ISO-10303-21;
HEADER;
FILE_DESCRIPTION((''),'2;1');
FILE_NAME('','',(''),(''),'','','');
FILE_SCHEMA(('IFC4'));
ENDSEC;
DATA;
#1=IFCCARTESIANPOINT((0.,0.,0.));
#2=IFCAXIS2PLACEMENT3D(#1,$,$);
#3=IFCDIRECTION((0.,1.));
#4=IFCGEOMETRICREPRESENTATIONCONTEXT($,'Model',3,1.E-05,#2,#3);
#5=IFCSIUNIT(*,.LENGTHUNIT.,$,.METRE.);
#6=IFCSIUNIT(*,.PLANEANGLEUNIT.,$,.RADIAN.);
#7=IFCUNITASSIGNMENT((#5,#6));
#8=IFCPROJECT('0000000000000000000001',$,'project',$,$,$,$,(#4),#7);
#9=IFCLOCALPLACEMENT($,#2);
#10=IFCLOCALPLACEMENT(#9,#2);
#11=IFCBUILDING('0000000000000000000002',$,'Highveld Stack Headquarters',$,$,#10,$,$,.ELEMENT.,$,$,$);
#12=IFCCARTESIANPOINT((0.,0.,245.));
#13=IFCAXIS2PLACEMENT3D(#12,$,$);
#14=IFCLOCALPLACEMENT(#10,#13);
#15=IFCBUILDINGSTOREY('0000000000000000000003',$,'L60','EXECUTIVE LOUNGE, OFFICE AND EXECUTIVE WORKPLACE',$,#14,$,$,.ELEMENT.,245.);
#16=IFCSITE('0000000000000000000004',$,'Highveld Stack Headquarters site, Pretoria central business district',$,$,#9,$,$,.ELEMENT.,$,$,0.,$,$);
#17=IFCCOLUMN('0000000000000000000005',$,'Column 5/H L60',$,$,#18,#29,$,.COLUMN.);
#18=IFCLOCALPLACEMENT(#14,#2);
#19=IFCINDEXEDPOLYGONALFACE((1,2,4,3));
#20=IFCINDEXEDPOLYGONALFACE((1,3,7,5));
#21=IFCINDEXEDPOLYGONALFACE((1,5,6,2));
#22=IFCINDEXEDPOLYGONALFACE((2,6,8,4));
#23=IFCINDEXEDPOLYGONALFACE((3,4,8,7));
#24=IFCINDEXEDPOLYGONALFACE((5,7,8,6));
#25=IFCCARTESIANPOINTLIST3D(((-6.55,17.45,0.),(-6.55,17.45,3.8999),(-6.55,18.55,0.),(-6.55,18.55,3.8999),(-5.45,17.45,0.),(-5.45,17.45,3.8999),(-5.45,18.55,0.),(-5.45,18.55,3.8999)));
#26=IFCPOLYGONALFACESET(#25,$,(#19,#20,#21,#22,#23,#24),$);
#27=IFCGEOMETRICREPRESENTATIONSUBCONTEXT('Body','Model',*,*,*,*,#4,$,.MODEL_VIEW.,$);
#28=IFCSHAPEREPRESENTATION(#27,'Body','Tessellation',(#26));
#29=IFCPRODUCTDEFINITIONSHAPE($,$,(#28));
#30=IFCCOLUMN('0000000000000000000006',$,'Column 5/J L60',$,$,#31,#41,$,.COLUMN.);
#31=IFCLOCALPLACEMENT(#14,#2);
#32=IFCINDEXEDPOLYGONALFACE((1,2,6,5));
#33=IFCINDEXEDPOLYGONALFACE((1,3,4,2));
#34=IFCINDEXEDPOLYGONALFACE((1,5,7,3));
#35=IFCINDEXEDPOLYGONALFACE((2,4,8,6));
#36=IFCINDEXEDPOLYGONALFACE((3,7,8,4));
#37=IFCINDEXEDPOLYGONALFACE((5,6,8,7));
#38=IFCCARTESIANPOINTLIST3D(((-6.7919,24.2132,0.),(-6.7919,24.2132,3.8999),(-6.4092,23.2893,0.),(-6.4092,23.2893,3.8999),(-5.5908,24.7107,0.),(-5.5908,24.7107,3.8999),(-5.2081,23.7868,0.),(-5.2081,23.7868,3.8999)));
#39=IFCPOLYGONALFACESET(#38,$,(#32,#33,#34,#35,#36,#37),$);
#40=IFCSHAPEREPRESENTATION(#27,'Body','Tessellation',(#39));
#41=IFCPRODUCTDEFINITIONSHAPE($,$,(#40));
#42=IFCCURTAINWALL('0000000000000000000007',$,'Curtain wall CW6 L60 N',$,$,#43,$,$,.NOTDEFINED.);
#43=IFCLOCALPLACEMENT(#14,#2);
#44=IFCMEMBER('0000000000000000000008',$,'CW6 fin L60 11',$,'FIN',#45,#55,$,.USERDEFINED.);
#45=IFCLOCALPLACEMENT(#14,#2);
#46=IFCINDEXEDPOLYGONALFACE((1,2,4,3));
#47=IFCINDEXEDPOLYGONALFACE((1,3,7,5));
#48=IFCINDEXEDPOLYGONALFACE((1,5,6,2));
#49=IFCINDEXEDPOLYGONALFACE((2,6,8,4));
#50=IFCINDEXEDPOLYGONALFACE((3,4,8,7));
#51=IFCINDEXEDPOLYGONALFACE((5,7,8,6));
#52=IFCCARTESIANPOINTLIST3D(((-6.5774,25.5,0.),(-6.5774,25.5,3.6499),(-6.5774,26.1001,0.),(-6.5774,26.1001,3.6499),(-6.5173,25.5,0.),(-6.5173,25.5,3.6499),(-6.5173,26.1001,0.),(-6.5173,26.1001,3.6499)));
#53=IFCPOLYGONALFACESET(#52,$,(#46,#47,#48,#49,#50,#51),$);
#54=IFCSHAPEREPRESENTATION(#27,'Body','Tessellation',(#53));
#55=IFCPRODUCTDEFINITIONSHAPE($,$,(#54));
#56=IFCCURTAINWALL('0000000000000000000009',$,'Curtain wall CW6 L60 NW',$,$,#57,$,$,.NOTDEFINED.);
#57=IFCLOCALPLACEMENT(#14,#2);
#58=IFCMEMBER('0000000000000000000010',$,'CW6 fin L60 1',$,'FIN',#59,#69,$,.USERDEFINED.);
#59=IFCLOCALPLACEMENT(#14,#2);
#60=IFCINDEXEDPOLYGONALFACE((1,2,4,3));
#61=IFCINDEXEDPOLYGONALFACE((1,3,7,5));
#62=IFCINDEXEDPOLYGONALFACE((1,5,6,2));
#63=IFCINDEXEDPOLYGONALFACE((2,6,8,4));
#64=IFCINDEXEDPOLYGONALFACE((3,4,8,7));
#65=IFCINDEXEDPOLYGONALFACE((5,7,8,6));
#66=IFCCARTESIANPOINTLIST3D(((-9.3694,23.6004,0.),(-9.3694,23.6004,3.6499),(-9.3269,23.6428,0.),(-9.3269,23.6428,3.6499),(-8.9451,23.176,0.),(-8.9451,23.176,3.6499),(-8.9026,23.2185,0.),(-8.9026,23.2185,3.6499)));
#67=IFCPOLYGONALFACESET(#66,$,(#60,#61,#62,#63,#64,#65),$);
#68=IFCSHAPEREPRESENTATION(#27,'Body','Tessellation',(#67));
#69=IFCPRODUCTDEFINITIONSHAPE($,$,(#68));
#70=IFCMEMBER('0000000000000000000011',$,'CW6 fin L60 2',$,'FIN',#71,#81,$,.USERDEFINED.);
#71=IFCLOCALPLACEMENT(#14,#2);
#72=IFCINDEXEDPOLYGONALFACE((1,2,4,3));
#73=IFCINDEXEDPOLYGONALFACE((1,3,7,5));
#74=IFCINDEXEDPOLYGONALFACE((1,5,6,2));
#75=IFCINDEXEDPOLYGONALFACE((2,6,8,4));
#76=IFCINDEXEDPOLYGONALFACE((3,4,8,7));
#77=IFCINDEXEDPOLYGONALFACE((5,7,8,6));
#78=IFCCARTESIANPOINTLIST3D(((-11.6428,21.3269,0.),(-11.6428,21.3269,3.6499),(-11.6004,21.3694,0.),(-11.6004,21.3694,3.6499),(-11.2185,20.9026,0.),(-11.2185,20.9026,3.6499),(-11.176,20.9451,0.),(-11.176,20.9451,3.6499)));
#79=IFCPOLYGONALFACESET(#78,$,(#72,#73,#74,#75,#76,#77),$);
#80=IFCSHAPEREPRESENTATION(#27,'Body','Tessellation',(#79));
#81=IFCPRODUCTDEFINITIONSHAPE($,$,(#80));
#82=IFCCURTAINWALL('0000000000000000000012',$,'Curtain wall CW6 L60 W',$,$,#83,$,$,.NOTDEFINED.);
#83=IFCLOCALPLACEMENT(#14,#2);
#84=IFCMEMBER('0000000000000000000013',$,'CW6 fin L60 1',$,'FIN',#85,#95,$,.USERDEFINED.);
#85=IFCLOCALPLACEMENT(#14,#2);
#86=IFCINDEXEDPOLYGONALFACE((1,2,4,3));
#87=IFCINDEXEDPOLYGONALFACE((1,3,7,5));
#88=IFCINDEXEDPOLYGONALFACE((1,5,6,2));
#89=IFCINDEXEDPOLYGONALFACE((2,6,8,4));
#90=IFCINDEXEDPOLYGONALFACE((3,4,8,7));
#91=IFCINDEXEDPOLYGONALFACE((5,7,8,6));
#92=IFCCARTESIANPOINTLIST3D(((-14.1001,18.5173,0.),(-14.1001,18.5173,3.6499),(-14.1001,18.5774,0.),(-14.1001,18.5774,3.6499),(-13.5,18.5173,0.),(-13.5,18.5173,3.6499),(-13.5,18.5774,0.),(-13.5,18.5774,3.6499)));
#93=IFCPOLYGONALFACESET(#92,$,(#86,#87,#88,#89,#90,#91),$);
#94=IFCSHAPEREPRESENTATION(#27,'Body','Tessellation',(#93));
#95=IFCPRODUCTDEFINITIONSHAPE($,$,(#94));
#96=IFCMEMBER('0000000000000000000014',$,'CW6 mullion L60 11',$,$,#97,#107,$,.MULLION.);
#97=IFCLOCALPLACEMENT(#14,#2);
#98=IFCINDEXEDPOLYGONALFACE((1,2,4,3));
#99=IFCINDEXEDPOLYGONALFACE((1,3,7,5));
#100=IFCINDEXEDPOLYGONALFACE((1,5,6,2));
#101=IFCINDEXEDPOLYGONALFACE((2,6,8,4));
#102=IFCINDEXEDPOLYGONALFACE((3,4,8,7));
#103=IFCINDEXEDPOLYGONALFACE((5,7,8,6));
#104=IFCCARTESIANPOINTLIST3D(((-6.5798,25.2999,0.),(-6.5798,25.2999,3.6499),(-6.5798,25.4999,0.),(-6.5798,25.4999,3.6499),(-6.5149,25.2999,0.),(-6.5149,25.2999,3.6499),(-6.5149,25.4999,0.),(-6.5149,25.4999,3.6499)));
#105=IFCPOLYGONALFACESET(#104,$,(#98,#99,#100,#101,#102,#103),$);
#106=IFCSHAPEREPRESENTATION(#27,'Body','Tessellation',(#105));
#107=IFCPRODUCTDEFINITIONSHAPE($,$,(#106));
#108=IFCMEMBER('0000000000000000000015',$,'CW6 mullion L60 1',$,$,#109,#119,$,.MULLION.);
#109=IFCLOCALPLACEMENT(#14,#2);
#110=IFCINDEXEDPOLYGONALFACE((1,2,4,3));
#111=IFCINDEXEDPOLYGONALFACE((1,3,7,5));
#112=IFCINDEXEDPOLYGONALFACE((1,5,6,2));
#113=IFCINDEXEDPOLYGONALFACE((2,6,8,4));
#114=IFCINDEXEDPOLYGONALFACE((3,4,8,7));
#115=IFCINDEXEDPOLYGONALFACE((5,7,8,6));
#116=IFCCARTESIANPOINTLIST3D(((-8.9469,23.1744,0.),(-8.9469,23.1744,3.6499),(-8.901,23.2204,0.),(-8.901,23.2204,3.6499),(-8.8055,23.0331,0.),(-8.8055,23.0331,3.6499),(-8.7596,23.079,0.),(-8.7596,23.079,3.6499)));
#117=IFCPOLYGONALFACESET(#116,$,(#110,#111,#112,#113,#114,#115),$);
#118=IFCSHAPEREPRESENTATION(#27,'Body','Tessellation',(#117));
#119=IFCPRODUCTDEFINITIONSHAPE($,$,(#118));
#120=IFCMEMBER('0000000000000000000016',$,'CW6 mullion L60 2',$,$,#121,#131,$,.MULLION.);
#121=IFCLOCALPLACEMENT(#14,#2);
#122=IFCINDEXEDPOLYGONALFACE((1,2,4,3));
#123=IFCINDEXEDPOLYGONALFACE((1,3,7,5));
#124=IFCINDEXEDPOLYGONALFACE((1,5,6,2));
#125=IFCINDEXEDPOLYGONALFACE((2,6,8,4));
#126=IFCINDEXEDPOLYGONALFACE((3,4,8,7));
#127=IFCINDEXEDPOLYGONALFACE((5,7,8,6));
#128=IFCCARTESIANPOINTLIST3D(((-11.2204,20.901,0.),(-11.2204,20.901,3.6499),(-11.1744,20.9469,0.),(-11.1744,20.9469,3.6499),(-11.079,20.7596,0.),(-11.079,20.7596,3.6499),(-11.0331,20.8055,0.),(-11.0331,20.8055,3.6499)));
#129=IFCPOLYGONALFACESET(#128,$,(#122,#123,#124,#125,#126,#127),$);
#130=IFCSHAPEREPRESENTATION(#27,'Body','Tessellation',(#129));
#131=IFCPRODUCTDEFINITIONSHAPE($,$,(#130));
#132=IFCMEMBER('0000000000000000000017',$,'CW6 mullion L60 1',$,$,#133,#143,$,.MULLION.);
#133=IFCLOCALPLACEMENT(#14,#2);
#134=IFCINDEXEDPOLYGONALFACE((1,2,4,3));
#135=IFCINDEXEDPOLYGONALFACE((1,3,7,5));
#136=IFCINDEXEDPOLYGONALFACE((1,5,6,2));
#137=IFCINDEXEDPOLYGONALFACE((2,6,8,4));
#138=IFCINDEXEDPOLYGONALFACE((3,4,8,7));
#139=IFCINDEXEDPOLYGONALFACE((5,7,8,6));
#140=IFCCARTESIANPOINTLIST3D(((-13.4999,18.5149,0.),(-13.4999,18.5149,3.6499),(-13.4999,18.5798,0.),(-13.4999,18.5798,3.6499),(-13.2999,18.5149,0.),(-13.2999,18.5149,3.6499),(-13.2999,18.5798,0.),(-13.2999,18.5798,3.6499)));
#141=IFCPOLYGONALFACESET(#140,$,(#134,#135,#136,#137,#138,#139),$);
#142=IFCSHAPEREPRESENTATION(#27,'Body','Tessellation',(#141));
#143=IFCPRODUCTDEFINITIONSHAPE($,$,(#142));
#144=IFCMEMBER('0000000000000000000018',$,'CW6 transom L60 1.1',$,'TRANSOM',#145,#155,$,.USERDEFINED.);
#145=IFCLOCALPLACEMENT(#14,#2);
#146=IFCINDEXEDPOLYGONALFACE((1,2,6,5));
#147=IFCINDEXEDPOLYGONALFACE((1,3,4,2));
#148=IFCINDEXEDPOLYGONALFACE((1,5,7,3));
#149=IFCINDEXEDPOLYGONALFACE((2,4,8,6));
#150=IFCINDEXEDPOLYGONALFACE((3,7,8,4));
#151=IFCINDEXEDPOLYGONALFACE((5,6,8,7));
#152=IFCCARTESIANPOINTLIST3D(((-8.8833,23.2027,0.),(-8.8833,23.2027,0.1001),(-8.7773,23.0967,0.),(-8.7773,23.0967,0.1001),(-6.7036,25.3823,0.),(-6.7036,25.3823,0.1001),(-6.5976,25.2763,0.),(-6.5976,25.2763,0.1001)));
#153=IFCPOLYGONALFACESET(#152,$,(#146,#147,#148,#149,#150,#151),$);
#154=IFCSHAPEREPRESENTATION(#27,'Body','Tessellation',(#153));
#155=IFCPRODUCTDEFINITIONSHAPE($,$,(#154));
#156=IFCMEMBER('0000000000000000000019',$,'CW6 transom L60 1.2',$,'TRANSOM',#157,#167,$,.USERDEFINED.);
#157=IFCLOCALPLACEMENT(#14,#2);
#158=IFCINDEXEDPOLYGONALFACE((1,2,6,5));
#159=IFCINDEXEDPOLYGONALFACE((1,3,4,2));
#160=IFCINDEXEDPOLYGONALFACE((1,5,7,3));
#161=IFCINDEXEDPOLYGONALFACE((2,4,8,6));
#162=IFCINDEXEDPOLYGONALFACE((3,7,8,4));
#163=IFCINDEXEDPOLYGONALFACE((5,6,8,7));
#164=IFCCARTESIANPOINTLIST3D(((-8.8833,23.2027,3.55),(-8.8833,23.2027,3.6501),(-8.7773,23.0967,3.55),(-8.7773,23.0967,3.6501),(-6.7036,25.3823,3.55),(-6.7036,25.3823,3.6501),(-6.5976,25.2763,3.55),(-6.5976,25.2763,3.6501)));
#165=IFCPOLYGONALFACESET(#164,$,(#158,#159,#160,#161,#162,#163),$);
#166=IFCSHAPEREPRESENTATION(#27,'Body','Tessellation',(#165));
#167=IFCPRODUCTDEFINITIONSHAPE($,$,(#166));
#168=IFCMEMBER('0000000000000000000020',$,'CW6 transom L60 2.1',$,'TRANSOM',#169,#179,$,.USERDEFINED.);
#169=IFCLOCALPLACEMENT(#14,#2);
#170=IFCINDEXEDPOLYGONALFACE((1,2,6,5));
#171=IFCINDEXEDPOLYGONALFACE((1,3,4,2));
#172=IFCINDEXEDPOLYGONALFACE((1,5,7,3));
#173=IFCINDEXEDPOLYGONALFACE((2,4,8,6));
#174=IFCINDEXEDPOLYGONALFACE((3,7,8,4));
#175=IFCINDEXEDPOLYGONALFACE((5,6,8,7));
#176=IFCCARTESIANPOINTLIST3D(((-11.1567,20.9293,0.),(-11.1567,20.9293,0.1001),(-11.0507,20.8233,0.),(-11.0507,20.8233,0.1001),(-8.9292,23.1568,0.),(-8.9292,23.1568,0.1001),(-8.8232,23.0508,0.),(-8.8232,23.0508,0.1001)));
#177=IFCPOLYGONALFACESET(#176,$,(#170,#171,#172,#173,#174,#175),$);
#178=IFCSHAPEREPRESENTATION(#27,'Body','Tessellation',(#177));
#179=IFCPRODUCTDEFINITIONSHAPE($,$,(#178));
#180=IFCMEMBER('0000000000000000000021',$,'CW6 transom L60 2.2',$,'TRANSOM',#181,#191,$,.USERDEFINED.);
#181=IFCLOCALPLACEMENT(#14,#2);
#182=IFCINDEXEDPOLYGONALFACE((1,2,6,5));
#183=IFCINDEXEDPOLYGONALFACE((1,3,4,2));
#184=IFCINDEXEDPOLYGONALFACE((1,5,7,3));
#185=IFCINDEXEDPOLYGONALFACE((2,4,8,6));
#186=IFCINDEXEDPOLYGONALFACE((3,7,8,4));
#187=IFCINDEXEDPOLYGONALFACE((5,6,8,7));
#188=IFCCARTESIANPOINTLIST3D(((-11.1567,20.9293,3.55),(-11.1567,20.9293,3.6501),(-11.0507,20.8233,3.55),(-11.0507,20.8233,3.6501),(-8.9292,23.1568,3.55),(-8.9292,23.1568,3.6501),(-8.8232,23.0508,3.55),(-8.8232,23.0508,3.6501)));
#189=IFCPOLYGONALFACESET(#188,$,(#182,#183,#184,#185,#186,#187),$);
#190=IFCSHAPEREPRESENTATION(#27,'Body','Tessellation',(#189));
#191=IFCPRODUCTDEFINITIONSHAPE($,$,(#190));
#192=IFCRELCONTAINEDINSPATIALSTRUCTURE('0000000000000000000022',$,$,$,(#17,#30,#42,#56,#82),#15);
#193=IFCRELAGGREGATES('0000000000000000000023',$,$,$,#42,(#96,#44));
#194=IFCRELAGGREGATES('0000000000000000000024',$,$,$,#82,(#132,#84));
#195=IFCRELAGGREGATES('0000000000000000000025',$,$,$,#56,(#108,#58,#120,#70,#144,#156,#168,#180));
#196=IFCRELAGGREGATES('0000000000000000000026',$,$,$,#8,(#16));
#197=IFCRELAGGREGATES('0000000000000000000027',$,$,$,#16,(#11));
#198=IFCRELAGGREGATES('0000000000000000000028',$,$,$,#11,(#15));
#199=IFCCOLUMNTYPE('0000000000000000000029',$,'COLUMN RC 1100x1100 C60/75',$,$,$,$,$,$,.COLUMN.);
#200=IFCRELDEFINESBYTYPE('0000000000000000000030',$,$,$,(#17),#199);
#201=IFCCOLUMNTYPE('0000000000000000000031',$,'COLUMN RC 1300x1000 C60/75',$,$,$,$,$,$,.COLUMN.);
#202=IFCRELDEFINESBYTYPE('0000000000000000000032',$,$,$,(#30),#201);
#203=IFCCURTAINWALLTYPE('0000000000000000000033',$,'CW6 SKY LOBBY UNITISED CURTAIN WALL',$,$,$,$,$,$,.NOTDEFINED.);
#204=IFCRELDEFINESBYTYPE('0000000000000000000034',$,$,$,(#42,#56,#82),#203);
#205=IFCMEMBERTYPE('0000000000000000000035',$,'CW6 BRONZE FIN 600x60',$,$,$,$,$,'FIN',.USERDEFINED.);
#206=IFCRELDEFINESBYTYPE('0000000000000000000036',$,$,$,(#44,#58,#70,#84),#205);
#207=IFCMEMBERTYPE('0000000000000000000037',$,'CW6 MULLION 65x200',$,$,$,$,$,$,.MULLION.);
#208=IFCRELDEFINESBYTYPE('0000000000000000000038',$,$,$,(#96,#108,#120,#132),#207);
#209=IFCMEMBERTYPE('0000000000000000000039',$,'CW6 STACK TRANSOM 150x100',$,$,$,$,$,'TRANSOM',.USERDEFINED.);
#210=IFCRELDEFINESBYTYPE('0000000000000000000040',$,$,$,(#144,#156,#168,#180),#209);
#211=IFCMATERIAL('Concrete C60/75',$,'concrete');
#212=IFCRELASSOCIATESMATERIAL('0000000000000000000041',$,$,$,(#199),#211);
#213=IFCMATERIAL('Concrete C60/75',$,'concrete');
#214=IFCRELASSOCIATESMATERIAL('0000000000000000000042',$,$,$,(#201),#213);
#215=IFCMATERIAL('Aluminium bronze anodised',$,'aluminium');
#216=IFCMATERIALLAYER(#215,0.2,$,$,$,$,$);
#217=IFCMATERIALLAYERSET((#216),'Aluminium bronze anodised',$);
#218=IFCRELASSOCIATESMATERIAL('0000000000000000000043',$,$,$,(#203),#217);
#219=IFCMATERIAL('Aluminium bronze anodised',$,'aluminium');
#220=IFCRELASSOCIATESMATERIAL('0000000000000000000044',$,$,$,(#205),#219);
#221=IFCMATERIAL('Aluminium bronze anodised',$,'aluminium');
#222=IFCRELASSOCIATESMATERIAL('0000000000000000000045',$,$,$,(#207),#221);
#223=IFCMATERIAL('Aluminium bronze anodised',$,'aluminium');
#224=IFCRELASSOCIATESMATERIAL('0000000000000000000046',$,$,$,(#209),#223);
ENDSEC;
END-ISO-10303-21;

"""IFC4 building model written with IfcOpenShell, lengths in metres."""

from ifc_helpers import new_model, si_unit, direction, frame, origin, origin_2d, place, context, subcontext, project, spatial, rectangle, extrude, material, layer, layer_set, material_profile, profile_set, type_object, element, aggregate, save


model = new_model("IFC4")

# Units and contexts
model_context = context("Model", 3, precision=1e-05, world=origin(), true_north=direction((0.0, 1.0)))
body_context = subcontext(model_context, "Body", "Model", "MODEL_VIEW")
ifc_project = project(units=[si_unit("LENGTHUNIT", "METRE"), si_unit("PLANEANGLEUNIT", "RADIAN")], contexts=[model_context])

# Site, building, storey
site_placement = place(None, origin())
site = spatial("IfcSite", under=ifc_project, at=site_placement, Name="Highveld Stack Headquarters site, Pretoria central business district", CompositionType="ELEMENT", RefElevation=0.0)
building_placement = place(site_placement, origin())
building = spatial("IfcBuilding", under=site, at=building_placement, Name="Highveld Stack Headquarters", CompositionType="ELEMENT")
storey_placement = place(building_placement, frame((0.0, 0.0, 245.0)))
storey = spatial("IfcBuildingStorey", under=building, at=storey_placement, Name="L60", Description="EXECUTIVE LOUNGE, OFFICE AND EXECUTIVE WORKPLACE", CompositionType="ELEMENT", Elevation=245.0)

# Columns
ifc_material_1 = material(Name="Concrete C60/75", Category="concrete")
ifc_material_profile_1 = material_profile(ifc_material_1, rectangle(XDim=1.1001, YDim=1.1001, at=origin_2d()), Name="RC 1100x1100")
ifc_profile_set_1 = profile_set([ifc_material_profile_1], Name="Concrete C60/75")
column_type_1 = type_object("IfcColumnType", Name="COLUMN RC 1100x1100 C60/75", PredefinedType="COLUMN", material=ifc_profile_set_1)
column_1_placement = place(storey_placement, frame((-6.0, 18.0, 0.0), z_axis=(0.0, 0.0, 1.0), x_axis=(1.0, 0.0, 0.0)))
element("IfcColumn", 1, at=column_1_placement, inside=storey, type_object=column_type_1, Name="Column 5/H L60", PredefinedType="COLUMN", context=body_context, shape_type="SweptSolid", body=[
    extrude(rectangle(XDim=1.1001, YDim=1.1001, at=origin_2d()), origin(), (0.0, 0.0, 1.0), 3.8999),
])
ifc_material_2 = material(Name="Concrete C60/75", Category="concrete")
ifc_material_profile_2 = material_profile(ifc_material_2, rectangle(XDim=1.3, YDim=1.0, at=origin_2d()), Name="RC 1300x1000")
ifc_profile_set_2 = profile_set([ifc_material_profile_2], Name="Concrete C60/75")
column_type_2 = type_object("IfcColumnType", Name="COLUMN RC 1300x1000 C60/75", PredefinedType="COLUMN", material=ifc_profile_set_2)
column_2_placement = place(storey_placement, frame((-6.0, 24.0, 0.0), z_axis=(0.0, 0.0, 1.0), x_axis=(0.92388, 0.382683, 0.0)))
element("IfcColumn", 2, at=column_2_placement, inside=storey, type_object=column_type_2, Name="Column 5/J L60", PredefinedType="COLUMN", context=body_context, shape_type="SweptSolid", body=[
    extrude(rectangle(XDim=1.3, YDim=1.0, at=origin_2d()), origin(), (0.0, 0.0, 1.0), 3.8999),
])

# Curtain wall, member
ifc_material_3 = material(Name="Aluminium bronze anodised", Category="aluminium")
ifc_layer_1 = layer(ifc_material_3, 0.2)
ifc_layer_set_1 = layer_set([ifc_layer_1], Name="Aluminium bronze anodised")
curtain_wall_type = type_object("IfcCurtainWallType", Name="CW6 SKY LOBBY UNITISED CURTAIN WALL", PredefinedType="NOTDEFINED", material=ifc_layer_set_1)
curtain_wall_1_placement = place(storey_placement, origin())
curtain_wall_1 = element("IfcCurtainWall", 3, at=curtain_wall_1_placement, inside=storey, type_object=curtain_wall_type, Name="Curtain wall CW6 L60 N", PredefinedType="NOTDEFINED")
ifc_material_4 = material(Name="Aluminium bronze anodised", Category="aluminium")
ifc_material_profile_3 = material_profile(ifc_material_4, rectangle(XDim=0.6001, YDim=0.0601, at=origin_2d()), Name="FIN 600x60")
ifc_profile_set_3 = profile_set([ifc_material_profile_3], Name="Aluminium bronze anodised")
member_type_1 = type_object("IfcMemberType", Name="CW6 BRONZE FIN 600x60", ElementType="FIN", PredefinedType="USERDEFINED", material=ifc_profile_set_3)
member_1_placement = place(storey_placement, frame((-6.5474, 25.8, 0.0), z_axis=(0.0, 0.0, 1.0), x_axis=(0.0, -1.0, 0.0)))
member_1 = element("IfcMember", 4, at=member_1_placement, type_object=member_type_1, Name="CW6 fin L60 11", ObjectType="FIN", PredefinedType="USERDEFINED", context=body_context, shape_type="SweptSolid", body=[
    extrude(rectangle(XDim=0.6001, YDim=0.0601, at=origin_2d()), origin(), (0.0, 0.0, 1.0), 3.6499),
])

# Curtain wall, members
curtain_wall_2_placement = place(storey_placement, origin())
curtain_wall_2 = element("IfcCurtainWall", 5, at=curtain_wall_2_placement, inside=storey, type_object=curtain_wall_type, Name="Curtain wall CW6 L60 NW", PredefinedType="NOTDEFINED")
member_2_placement = place(storey_placement, frame((-9.136, 23.4094, 0.0), z_axis=(0.0, 0.0, 1.0), x_axis=(0.707107, -0.707107, 0.0)))
member_2 = element("IfcMember", 6, at=member_2_placement, type_object=member_type_1, Name="CW6 fin L60 1", ObjectType="FIN", PredefinedType="USERDEFINED", context=body_context, shape_type="SweptSolid", body=[
    extrude(rectangle(XDim=0.6001, YDim=0.0601, at=origin_2d()), origin(), (0.0, 0.0, 1.0), 3.6499),
])
member_3_placement = place(storey_placement, frame((-11.4094, 21.136, 0.0), z_axis=(0.0, 0.0, 1.0), x_axis=(0.707107, -0.707107, 0.0)))
member_3 = element("IfcMember", 7, at=member_3_placement, type_object=member_type_1, Name="CW6 fin L60 2", ObjectType="FIN", PredefinedType="USERDEFINED", context=body_context, shape_type="SweptSolid", body=[
    extrude(rectangle(XDim=0.6001, YDim=0.0601, at=origin_2d()), origin(), (0.0, 0.0, 1.0), 3.6499),
])

# Curtain wall, member
curtain_wall_3_placement = place(storey_placement, origin())
curtain_wall_3 = element("IfcCurtainWall", 8, at=curtain_wall_3_placement, inside=storey, type_object=curtain_wall_type, Name="Curtain wall CW6 L60 W", PredefinedType="NOTDEFINED")
member_4_placement = place(storey_placement, frame((-13.8, 18.5474, 0.0), z_axis=(0.0, 0.0, 1.0), x_axis=(1.0, 0.0, 0.0)))
member_4 = element("IfcMember", 9, at=member_4_placement, type_object=member_type_1, Name="CW6 fin L60 1", ObjectType="FIN", PredefinedType="USERDEFINED", context=body_context, shape_type="SweptSolid", body=[
    extrude(rectangle(XDim=0.6001, YDim=0.0601, at=origin_2d()), origin(), (0.0, 0.0, 1.0), 3.6499),
])

# Members
ifc_material_5 = material(Name="Aluminium bronze anodised", Category="aluminium")
ifc_material_profile_4 = material_profile(ifc_material_5, rectangle(XDim=0.2, YDim=0.0649, at=origin_2d()), Name="CW6 MULLION 65x200")
ifc_profile_set_4 = profile_set([ifc_material_profile_4], Name="Aluminium bronze anodised")
member_type_2 = type_object("IfcMemberType", Name="CW6 MULLION 65x200", PredefinedType="MULLION", material=ifc_profile_set_4)
member_5_placement = place(storey_placement, frame((-6.5474, 25.3999, 0.0), z_axis=(0.0, 0.0, 1.0), x_axis=(0.0, -1.0, 0.0)))
member_5 = element("IfcMember", 10, at=member_5_placement, type_object=member_type_2, Name="CW6 mullion L60 11", PredefinedType="MULLION", context=body_context, shape_type="SweptSolid", body=[
    extrude(rectangle(XDim=0.2, YDim=0.0649, at=origin_2d()), origin(), (0.0, 0.0, 1.0), 3.6499),
])
aggregate(curtain_wall_1, [member_5, member_1])
member_6_placement = place(storey_placement, frame((-8.8533, 23.1267, 0.0), z_axis=(0.0, 0.0, 1.0), x_axis=(0.707107, -0.707107, 0.0)))
member_6 = element("IfcMember", 11, at=member_6_placement, type_object=member_type_2, Name="CW6 mullion L60 1", PredefinedType="MULLION", context=body_context, shape_type="SweptSolid", body=[
    extrude(rectangle(XDim=0.2, YDim=0.0649, at=origin_2d()), origin(), (0.0, 0.0, 1.0), 3.6499),
])
member_7_placement = place(storey_placement, frame((-11.1267, 20.8533, 0.0), z_axis=(0.0, 0.0, 1.0), x_axis=(0.707107, -0.707107, 0.0)))
member_7 = element("IfcMember", 12, at=member_7_placement, type_object=member_type_2, Name="CW6 mullion L60 2", PredefinedType="MULLION", context=body_context, shape_type="SweptSolid", body=[
    extrude(rectangle(XDim=0.2, YDim=0.0649, at=origin_2d()), origin(), (0.0, 0.0, 1.0), 3.6499),
])
member_8_placement = place(storey_placement, frame((-13.3999, 18.5474, 0.0), z_axis=(0.0, 0.0, 1.0), x_axis=(1.0, 0.0, 0.0)))
member_8 = element("IfcMember", 13, at=member_8_placement, type_object=member_type_2, Name="CW6 mullion L60 1", PredefinedType="MULLION", context=body_context, shape_type="SweptSolid", body=[
    extrude(rectangle(XDim=0.2, YDim=0.0649, at=origin_2d()), origin(), (0.0, 0.0, 1.0), 3.6499),
])
ifc_material_6 = material(Name="Aluminium bronze anodised", Category="aluminium")
ifc_material_profile_5 = material_profile(ifc_material_6, rectangle(XDim=0.1499, YDim=0.1001, at=origin_2d()), Name="CW6 TRANSOM 150x100")
ifc_profile_set_5 = profile_set([ifc_material_profile_5], Name="Aluminium bronze anodised")
member_type_3 = type_object("IfcMemberType", Name="CW6 STACK TRANSOM 150x100", ElementType="TRANSOM", PredefinedType="USERDEFINED", material=ifc_profile_set_5)
member_9_placement = place(storey_placement, frame((-6.6506, 25.3293, 0.05), z_axis=(-0.707107, -0.707107, 0.0), x_axis=(0.707107, -0.707107, 0.0)))
member_9 = element("IfcMember", 14, at=member_9_placement, type_object=member_type_3, Name="CW6 transom L60 1.1", ObjectType="TRANSOM", PredefinedType="USERDEFINED", context=body_context, shape_type="SweptSolid", body=[
    extrude(rectangle(XDim=0.1499, YDim=0.1001, at=origin_2d()), origin(), (0.0, 0.0, 1.0), 3.0825),
])
member_10_placement = place(storey_placement, frame((-6.6506, 25.3293, 3.6001), z_axis=(-0.707107, -0.707107, 0.0), x_axis=(0.707107, -0.707107, 0.0)))
member_10 = element("IfcMember", 15, at=member_10_placement, type_object=member_type_3, Name="CW6 transom L60 1.2", ObjectType="TRANSOM", PredefinedType="USERDEFINED", context=body_context, shape_type="SweptSolid", body=[
    extrude(rectangle(XDim=0.1499, YDim=0.1001, at=origin_2d()), origin(), (0.0, 0.0, 1.0), 3.0825),
])
member_11_placement = place(storey_placement, frame((-8.8762, 23.1038, 0.05), z_axis=(-0.707107, -0.707107, 0.0), x_axis=(0.707107, -0.707107, 0.0)))
member_11 = element("IfcMember", 16, at=member_11_placement, type_object=member_type_3, Name="CW6 transom L60 2.1", ObjectType="TRANSOM", PredefinedType="USERDEFINED", context=body_context, shape_type="SweptSolid", body=[
    extrude(rectangle(XDim=0.1499, YDim=0.1001, at=origin_2d()), origin(), (0.0, 0.0, 1.0), 3.1501),
])
member_12_placement = place(storey_placement, frame((-8.8762, 23.1038, 3.6001), z_axis=(-0.707107, -0.707107, 0.0), x_axis=(0.707107, -0.707107, 0.0)))
member_12 = element("IfcMember", 17, at=member_12_placement, type_object=member_type_3, Name="CW6 transom L60 2.2", ObjectType="TRANSOM", PredefinedType="USERDEFINED", context=body_context, shape_type="SweptSolid", body=[
    extrude(rectangle(XDim=0.1499, YDim=0.1001, at=origin_2d()), origin(), (0.0, 0.0, 1.0), 3.1501),
])
aggregate(curtain_wall_3, [member_8, member_4])

aggregate(curtain_wall_2, [member_6, member_2, member_7, member_3, member_9, member_10, member_11, member_12])

save(model, "model.ifc")
